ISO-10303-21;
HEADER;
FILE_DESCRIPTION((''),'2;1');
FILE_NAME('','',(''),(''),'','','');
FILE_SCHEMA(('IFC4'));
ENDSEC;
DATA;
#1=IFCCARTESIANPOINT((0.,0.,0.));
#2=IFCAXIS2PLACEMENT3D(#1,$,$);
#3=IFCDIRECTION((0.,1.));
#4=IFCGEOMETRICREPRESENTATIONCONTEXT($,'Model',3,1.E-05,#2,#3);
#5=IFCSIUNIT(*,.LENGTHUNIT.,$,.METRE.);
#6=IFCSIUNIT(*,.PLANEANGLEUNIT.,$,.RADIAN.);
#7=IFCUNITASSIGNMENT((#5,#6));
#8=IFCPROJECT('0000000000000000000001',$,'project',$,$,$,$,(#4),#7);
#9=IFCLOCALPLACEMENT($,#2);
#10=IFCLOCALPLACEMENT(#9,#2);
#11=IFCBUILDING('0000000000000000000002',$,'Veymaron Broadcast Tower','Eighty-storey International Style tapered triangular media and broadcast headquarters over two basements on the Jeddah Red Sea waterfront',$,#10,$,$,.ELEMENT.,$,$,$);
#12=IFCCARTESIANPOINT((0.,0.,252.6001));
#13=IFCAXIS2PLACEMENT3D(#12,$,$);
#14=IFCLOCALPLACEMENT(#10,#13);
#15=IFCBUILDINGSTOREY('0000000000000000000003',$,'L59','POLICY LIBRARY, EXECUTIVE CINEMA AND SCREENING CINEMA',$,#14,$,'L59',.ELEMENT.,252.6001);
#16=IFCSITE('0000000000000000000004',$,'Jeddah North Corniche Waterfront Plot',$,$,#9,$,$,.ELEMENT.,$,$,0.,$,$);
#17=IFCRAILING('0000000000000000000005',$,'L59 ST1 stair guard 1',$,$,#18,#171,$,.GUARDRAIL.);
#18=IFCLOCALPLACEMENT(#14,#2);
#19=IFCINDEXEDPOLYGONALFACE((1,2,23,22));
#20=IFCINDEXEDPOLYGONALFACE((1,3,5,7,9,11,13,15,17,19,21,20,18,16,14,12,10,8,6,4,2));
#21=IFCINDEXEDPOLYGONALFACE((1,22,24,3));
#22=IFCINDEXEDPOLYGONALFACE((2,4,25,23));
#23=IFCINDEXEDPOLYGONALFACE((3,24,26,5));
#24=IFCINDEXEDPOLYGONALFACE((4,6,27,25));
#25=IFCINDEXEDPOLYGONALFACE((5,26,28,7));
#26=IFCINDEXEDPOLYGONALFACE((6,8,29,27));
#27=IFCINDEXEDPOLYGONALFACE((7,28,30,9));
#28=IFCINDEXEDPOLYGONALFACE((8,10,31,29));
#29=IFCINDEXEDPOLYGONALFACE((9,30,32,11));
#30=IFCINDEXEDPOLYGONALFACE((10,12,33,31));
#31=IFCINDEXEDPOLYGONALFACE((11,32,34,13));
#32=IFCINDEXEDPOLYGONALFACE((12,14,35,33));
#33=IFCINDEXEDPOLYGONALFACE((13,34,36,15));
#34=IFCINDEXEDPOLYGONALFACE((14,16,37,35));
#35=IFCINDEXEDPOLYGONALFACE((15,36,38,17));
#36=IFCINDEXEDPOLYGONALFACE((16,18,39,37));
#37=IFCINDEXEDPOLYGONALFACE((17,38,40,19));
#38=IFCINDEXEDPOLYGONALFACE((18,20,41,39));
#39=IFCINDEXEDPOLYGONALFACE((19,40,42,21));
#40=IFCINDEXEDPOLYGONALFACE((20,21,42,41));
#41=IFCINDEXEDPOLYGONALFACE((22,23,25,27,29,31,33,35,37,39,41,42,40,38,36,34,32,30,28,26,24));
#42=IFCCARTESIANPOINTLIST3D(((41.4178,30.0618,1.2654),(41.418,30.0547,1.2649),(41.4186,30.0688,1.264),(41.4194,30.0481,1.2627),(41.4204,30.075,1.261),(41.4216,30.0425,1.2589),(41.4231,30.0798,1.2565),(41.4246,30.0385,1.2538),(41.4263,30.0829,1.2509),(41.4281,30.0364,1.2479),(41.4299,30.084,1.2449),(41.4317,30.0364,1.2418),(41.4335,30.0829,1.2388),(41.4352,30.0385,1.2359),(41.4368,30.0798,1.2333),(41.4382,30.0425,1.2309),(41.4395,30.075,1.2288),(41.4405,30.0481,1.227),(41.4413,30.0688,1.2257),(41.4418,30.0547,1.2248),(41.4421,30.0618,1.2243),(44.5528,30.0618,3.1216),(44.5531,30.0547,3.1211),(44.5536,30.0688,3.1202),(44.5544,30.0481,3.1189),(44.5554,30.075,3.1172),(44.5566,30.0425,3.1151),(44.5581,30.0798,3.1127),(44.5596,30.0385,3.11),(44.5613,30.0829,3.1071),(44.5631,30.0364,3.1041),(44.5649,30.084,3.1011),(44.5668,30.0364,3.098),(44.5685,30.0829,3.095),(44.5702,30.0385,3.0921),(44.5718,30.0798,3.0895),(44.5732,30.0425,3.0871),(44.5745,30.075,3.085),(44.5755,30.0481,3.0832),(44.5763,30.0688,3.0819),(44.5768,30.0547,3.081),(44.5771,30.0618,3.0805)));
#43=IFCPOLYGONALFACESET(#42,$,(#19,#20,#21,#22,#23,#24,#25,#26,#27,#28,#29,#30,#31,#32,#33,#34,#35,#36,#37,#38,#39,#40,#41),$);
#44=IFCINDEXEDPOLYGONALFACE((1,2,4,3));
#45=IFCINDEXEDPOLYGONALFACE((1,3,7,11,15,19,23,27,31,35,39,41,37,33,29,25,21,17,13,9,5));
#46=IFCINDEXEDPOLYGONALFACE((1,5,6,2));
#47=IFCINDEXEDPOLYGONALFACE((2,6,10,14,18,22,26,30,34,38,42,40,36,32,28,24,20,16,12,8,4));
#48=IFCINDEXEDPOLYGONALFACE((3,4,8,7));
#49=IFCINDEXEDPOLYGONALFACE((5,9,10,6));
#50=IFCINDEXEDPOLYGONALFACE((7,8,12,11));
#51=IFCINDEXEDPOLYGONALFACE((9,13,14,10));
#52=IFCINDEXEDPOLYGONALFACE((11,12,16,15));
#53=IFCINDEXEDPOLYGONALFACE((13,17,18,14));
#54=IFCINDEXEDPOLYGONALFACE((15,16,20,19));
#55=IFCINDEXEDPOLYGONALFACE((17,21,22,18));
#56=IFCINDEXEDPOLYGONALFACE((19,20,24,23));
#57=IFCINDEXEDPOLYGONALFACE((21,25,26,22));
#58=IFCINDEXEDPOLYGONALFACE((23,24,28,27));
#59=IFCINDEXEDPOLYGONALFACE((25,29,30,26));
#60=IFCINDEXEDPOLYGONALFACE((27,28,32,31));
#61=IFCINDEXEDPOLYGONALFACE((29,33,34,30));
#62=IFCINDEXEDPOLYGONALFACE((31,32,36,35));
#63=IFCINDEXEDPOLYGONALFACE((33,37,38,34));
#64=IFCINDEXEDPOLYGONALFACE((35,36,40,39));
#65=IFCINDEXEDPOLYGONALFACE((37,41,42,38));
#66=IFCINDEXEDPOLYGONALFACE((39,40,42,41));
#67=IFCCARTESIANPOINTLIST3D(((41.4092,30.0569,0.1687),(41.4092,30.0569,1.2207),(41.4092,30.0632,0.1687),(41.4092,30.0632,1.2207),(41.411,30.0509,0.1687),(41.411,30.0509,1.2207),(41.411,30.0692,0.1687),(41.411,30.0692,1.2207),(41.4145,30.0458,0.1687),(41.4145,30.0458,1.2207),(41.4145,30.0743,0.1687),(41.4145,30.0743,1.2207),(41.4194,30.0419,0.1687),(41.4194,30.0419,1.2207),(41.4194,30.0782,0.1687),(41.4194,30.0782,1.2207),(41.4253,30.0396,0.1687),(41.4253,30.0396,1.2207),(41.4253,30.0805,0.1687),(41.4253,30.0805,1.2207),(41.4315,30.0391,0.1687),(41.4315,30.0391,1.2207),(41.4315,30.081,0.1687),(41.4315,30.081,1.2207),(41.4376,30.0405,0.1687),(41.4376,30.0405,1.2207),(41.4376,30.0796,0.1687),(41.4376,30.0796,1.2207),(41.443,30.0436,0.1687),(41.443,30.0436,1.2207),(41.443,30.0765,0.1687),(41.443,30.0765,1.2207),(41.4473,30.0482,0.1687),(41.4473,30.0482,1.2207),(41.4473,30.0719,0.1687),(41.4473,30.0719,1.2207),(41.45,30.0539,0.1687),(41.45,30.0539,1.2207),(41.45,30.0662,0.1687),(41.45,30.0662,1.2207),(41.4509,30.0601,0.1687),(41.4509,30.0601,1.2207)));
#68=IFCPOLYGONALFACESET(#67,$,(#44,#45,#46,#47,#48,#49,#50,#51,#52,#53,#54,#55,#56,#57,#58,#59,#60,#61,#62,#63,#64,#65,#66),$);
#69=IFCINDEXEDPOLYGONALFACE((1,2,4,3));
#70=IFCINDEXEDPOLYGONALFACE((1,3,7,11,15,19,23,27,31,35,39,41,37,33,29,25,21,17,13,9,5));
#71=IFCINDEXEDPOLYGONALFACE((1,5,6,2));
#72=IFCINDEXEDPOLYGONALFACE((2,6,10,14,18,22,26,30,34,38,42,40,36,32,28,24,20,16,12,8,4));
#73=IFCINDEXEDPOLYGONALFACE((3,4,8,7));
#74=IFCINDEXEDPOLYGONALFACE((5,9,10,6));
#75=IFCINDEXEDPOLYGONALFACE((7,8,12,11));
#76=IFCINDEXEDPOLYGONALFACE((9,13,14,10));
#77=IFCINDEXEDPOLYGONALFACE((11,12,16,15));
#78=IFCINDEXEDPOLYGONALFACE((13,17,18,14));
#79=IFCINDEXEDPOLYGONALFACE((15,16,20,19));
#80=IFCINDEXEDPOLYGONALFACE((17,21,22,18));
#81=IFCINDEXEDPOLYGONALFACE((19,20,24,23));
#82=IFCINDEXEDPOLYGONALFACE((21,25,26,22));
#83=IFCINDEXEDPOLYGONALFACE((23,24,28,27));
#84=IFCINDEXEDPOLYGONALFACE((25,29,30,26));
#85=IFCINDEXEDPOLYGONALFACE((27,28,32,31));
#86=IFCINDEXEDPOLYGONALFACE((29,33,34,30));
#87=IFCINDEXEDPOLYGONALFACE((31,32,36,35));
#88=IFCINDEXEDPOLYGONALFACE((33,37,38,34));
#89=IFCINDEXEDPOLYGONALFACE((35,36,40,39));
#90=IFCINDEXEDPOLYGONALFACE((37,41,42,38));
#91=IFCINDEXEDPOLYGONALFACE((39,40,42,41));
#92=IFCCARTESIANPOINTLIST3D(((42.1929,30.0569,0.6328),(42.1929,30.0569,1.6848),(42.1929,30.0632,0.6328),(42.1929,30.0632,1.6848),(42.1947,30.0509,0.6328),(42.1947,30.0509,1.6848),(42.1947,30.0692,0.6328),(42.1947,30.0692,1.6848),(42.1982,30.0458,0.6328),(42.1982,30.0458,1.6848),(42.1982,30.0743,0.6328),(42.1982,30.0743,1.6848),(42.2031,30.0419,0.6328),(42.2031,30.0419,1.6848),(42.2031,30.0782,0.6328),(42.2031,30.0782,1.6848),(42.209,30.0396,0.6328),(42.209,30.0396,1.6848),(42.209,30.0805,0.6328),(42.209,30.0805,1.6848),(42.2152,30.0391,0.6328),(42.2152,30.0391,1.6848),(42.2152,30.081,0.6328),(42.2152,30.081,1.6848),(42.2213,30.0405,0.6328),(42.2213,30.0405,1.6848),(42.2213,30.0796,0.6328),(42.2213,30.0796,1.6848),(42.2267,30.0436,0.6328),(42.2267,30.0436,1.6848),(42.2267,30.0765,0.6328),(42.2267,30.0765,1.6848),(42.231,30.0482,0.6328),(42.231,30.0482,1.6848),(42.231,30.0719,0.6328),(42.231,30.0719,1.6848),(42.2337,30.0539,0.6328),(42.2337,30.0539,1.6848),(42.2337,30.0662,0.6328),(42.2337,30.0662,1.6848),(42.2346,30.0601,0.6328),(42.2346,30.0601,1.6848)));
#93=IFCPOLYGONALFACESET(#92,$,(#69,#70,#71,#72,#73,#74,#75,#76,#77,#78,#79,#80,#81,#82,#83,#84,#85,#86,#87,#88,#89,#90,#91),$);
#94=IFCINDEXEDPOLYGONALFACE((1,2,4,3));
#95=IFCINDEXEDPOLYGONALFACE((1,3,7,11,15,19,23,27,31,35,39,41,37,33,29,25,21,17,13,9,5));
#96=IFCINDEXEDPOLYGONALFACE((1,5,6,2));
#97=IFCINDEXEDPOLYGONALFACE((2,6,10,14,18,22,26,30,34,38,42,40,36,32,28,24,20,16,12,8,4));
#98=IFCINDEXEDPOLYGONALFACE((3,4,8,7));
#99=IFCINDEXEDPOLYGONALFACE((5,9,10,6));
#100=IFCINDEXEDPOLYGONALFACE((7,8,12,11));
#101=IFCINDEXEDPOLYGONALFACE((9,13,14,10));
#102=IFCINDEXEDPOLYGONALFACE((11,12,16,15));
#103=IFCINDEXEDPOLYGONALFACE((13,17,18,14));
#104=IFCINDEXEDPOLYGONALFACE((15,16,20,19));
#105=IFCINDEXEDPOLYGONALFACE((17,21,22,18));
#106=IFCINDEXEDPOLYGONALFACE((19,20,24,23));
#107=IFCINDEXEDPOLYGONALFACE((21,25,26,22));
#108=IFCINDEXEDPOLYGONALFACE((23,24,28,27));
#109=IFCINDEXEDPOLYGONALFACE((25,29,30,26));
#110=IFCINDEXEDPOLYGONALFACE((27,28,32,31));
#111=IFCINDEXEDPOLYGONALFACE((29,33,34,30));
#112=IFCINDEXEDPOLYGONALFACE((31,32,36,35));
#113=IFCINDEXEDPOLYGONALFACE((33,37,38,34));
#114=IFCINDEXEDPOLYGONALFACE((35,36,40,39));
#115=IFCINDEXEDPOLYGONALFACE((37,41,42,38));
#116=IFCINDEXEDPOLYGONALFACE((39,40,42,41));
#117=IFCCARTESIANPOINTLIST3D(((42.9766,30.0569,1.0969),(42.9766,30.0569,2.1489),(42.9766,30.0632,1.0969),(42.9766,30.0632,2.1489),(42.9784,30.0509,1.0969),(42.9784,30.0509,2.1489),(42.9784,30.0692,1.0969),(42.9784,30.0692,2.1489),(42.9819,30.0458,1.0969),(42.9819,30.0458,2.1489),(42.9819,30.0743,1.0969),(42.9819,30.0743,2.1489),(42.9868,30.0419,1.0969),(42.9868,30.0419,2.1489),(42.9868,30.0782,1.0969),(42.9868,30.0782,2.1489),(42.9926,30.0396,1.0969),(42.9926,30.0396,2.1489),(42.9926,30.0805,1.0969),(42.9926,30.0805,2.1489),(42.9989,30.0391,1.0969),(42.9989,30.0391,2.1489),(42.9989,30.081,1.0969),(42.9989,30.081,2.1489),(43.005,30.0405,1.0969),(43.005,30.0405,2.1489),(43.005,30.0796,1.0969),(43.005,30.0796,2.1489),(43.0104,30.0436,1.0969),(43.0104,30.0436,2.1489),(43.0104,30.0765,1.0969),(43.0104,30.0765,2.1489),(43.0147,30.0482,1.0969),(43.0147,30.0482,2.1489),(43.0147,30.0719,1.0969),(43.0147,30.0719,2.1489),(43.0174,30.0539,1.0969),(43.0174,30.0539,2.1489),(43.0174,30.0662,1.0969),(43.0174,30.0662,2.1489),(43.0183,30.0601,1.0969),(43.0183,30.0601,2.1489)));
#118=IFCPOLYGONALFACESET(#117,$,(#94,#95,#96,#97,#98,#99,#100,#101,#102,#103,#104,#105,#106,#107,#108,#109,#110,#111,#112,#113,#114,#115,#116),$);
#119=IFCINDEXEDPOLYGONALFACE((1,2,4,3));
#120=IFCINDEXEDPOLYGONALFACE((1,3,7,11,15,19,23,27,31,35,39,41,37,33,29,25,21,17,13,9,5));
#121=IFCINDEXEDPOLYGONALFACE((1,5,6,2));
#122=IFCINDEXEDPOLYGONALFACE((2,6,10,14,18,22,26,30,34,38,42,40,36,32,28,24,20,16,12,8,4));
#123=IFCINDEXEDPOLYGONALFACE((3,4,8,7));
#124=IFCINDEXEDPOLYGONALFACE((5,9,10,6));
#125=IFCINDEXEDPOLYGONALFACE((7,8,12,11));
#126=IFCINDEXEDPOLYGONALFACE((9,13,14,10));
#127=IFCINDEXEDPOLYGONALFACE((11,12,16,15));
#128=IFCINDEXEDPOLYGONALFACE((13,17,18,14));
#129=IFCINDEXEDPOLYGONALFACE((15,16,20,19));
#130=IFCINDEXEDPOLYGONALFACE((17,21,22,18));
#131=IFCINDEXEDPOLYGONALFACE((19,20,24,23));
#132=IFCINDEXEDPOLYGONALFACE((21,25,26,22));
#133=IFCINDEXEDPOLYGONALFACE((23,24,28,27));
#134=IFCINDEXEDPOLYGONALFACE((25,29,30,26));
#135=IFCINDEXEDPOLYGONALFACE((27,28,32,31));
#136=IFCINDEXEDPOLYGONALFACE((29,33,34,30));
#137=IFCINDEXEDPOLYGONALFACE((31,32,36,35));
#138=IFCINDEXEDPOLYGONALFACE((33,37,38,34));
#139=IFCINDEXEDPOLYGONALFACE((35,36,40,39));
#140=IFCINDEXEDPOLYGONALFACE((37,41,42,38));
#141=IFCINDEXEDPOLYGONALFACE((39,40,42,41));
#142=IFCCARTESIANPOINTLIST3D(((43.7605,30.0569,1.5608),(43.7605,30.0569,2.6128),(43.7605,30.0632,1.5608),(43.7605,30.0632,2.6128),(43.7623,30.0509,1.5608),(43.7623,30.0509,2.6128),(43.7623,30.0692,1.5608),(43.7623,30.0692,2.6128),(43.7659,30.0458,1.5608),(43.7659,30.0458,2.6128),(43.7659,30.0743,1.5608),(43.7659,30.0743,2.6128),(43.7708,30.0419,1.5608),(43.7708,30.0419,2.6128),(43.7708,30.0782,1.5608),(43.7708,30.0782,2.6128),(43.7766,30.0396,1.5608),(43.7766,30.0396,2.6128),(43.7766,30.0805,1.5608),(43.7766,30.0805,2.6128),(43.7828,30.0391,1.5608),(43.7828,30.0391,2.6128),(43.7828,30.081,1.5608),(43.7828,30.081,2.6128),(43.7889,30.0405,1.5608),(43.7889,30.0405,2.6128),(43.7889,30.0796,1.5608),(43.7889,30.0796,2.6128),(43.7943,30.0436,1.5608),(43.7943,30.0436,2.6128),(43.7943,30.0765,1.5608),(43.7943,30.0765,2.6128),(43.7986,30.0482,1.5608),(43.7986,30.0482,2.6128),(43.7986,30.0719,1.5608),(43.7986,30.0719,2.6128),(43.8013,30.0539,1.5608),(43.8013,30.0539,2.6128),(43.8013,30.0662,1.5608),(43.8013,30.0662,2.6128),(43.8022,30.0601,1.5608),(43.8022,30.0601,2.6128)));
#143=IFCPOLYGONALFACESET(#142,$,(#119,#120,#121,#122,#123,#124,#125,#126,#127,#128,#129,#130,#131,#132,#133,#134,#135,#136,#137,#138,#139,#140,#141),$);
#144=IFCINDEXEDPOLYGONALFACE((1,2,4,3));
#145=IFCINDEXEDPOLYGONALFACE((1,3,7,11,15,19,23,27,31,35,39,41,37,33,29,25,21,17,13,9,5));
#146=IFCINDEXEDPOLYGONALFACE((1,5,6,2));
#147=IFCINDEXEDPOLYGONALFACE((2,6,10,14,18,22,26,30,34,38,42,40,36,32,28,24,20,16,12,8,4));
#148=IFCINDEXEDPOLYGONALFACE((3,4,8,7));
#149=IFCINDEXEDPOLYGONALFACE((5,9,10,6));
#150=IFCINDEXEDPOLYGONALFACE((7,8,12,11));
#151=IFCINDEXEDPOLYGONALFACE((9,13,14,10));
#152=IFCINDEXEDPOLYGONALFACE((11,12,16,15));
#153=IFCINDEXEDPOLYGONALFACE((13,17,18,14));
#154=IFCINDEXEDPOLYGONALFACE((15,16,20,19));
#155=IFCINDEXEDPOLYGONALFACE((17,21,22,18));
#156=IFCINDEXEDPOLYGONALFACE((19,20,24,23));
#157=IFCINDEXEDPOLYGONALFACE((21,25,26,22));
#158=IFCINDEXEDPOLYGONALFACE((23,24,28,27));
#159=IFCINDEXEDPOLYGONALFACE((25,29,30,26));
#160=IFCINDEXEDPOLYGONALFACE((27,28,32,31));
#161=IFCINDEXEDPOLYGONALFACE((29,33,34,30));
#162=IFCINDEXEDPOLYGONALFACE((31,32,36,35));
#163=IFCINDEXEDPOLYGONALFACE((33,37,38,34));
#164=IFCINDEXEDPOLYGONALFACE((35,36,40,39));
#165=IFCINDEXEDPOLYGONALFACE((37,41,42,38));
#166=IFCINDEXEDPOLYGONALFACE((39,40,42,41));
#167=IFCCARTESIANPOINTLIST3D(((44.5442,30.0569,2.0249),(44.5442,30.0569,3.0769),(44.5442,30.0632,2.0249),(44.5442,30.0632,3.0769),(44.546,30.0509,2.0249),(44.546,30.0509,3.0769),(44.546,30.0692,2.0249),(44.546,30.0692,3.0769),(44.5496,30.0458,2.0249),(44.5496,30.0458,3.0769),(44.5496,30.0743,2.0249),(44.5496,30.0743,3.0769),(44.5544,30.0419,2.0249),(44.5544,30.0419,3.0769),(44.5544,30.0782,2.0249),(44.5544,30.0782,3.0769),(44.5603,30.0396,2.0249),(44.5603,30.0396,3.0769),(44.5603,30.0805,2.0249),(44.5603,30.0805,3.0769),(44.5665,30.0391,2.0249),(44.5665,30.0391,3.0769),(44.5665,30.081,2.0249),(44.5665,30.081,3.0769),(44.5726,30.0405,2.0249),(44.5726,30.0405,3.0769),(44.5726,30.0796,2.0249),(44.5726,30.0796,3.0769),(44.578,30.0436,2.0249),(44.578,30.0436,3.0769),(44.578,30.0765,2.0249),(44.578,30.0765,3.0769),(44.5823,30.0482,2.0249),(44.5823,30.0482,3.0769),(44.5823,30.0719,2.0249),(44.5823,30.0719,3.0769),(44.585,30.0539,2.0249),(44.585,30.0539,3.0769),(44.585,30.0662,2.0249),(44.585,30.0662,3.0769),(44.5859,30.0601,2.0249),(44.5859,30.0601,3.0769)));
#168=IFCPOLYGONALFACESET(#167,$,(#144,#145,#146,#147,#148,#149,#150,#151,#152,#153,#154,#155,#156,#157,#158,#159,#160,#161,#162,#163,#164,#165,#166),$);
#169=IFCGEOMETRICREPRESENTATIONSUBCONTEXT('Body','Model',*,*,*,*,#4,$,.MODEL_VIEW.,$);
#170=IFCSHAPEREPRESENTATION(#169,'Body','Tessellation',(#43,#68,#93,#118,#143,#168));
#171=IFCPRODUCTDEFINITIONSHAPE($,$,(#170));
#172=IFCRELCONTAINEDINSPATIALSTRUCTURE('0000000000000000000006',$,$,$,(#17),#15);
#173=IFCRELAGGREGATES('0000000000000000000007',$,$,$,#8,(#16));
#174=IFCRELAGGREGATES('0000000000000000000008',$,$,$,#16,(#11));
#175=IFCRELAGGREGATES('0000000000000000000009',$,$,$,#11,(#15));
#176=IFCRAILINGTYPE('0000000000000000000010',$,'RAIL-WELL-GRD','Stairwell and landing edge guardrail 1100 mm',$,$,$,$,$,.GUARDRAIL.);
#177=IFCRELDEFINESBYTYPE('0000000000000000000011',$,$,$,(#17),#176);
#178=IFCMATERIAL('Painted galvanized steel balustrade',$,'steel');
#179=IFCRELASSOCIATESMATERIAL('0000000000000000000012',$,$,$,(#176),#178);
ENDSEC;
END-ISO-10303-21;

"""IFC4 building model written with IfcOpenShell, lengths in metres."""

from ifc_helpers import new_model, si_unit, direction, frame, origin, origin_2d, place, context, subcontext, project, spatial, circle, extrude, material, type_object, element, save


model = new_model("IFC4")

# Units and contexts
model_context = context("Model", 3, precision=1e-05, world=origin(), true_north=direction((0.0, 1.0)))
body_context = subcontext(model_context, "Body", "Model", "MODEL_VIEW")
ifc_project = project(units=[si_unit("LENGTHUNIT", "METRE"), si_unit("PLANEANGLEUNIT", "RADIAN")], contexts=[model_context])

# Site, building, storey
site_placement = place(None, origin())
site = spatial("IfcSite", under=ifc_project, at=site_placement, Name="Jeddah North Corniche Waterfront Plot", CompositionType="ELEMENT", RefElevation=0.0)
building_placement = place(site_placement, origin())
building = spatial("IfcBuilding", under=site, at=building_placement, Name="Veymaron Broadcast Tower", Description="Eighty-storey International Style tapered triangular media and broadcast headquarters over two basements on the Jeddah Red Sea waterfront", CompositionType="ELEMENT")
storey_placement = place(building_placement, frame((0.0, 0.0, 252.6001)))
storey = spatial("IfcBuildingStorey", under=building, at=storey_placement, Name="L59", Description="POLICY LIBRARY, EXECUTIVE CINEMA AND SCREENING CINEMA", LongName="L59", CompositionType="ELEMENT", Elevation=252.6001)

# Railing
ifc_material_1 = material(Name="Painted galvanized steel balustrade", Category="steel")
railing_type_1 = type_object("IfcRailingType", Name="RAIL-WELL-GRD", Description="Stairwell and landing edge guardrail 1100 mm", PredefinedType="GUARDRAIL", material=ifc_material_1)
railing_1_placement = place(storey_placement, frame((41.4299, 30.0601, 0.1687)))
element("IfcRailing", 1, at=railing_1_placement, inside=storey, type_object=railing_type_1, Name="L59 ST1 stair guard 1", PredefinedType="GUARDRAIL", context=body_context, shape_type="SweptSolid", body=[
    extrude(circle(Radius=0.0239, at=origin_2d()), frame((0.0, 0.0, 1.0762), z_axis=(0.860482, 0.0, 0.509481), x_axis=(0.0, 1.0, 0.0)), (0.0, 0.0, 1.0), 3.6433),
    extrude(circle(Radius=0.021, at=origin_2d()), origin(), (0.0, 0.0, 1.0), 1.052),
    extrude(circle(Radius=0.021, at=origin_2d()), frame((0.7837, 0.0, 0.4641)), (0.0, 0.0, 1.0), 1.052),
    extrude(circle(Radius=0.021, at=origin_2d()), frame((1.5674, 0.0, 0.9282)), (0.0, 0.0, 1.0), 1.052),
    extrude(circle(Radius=0.021, at=origin_2d()), frame((2.3513, 0.0, 1.3921)), (0.0, 0.0, 1.0), 1.052),
    extrude(circle(Radius=0.021, at=origin_2d()), frame((3.135, 0.0, 1.8562)), (0.0, 0.0, 1.0), 1.052),
])

save(model, "model.ifc")
